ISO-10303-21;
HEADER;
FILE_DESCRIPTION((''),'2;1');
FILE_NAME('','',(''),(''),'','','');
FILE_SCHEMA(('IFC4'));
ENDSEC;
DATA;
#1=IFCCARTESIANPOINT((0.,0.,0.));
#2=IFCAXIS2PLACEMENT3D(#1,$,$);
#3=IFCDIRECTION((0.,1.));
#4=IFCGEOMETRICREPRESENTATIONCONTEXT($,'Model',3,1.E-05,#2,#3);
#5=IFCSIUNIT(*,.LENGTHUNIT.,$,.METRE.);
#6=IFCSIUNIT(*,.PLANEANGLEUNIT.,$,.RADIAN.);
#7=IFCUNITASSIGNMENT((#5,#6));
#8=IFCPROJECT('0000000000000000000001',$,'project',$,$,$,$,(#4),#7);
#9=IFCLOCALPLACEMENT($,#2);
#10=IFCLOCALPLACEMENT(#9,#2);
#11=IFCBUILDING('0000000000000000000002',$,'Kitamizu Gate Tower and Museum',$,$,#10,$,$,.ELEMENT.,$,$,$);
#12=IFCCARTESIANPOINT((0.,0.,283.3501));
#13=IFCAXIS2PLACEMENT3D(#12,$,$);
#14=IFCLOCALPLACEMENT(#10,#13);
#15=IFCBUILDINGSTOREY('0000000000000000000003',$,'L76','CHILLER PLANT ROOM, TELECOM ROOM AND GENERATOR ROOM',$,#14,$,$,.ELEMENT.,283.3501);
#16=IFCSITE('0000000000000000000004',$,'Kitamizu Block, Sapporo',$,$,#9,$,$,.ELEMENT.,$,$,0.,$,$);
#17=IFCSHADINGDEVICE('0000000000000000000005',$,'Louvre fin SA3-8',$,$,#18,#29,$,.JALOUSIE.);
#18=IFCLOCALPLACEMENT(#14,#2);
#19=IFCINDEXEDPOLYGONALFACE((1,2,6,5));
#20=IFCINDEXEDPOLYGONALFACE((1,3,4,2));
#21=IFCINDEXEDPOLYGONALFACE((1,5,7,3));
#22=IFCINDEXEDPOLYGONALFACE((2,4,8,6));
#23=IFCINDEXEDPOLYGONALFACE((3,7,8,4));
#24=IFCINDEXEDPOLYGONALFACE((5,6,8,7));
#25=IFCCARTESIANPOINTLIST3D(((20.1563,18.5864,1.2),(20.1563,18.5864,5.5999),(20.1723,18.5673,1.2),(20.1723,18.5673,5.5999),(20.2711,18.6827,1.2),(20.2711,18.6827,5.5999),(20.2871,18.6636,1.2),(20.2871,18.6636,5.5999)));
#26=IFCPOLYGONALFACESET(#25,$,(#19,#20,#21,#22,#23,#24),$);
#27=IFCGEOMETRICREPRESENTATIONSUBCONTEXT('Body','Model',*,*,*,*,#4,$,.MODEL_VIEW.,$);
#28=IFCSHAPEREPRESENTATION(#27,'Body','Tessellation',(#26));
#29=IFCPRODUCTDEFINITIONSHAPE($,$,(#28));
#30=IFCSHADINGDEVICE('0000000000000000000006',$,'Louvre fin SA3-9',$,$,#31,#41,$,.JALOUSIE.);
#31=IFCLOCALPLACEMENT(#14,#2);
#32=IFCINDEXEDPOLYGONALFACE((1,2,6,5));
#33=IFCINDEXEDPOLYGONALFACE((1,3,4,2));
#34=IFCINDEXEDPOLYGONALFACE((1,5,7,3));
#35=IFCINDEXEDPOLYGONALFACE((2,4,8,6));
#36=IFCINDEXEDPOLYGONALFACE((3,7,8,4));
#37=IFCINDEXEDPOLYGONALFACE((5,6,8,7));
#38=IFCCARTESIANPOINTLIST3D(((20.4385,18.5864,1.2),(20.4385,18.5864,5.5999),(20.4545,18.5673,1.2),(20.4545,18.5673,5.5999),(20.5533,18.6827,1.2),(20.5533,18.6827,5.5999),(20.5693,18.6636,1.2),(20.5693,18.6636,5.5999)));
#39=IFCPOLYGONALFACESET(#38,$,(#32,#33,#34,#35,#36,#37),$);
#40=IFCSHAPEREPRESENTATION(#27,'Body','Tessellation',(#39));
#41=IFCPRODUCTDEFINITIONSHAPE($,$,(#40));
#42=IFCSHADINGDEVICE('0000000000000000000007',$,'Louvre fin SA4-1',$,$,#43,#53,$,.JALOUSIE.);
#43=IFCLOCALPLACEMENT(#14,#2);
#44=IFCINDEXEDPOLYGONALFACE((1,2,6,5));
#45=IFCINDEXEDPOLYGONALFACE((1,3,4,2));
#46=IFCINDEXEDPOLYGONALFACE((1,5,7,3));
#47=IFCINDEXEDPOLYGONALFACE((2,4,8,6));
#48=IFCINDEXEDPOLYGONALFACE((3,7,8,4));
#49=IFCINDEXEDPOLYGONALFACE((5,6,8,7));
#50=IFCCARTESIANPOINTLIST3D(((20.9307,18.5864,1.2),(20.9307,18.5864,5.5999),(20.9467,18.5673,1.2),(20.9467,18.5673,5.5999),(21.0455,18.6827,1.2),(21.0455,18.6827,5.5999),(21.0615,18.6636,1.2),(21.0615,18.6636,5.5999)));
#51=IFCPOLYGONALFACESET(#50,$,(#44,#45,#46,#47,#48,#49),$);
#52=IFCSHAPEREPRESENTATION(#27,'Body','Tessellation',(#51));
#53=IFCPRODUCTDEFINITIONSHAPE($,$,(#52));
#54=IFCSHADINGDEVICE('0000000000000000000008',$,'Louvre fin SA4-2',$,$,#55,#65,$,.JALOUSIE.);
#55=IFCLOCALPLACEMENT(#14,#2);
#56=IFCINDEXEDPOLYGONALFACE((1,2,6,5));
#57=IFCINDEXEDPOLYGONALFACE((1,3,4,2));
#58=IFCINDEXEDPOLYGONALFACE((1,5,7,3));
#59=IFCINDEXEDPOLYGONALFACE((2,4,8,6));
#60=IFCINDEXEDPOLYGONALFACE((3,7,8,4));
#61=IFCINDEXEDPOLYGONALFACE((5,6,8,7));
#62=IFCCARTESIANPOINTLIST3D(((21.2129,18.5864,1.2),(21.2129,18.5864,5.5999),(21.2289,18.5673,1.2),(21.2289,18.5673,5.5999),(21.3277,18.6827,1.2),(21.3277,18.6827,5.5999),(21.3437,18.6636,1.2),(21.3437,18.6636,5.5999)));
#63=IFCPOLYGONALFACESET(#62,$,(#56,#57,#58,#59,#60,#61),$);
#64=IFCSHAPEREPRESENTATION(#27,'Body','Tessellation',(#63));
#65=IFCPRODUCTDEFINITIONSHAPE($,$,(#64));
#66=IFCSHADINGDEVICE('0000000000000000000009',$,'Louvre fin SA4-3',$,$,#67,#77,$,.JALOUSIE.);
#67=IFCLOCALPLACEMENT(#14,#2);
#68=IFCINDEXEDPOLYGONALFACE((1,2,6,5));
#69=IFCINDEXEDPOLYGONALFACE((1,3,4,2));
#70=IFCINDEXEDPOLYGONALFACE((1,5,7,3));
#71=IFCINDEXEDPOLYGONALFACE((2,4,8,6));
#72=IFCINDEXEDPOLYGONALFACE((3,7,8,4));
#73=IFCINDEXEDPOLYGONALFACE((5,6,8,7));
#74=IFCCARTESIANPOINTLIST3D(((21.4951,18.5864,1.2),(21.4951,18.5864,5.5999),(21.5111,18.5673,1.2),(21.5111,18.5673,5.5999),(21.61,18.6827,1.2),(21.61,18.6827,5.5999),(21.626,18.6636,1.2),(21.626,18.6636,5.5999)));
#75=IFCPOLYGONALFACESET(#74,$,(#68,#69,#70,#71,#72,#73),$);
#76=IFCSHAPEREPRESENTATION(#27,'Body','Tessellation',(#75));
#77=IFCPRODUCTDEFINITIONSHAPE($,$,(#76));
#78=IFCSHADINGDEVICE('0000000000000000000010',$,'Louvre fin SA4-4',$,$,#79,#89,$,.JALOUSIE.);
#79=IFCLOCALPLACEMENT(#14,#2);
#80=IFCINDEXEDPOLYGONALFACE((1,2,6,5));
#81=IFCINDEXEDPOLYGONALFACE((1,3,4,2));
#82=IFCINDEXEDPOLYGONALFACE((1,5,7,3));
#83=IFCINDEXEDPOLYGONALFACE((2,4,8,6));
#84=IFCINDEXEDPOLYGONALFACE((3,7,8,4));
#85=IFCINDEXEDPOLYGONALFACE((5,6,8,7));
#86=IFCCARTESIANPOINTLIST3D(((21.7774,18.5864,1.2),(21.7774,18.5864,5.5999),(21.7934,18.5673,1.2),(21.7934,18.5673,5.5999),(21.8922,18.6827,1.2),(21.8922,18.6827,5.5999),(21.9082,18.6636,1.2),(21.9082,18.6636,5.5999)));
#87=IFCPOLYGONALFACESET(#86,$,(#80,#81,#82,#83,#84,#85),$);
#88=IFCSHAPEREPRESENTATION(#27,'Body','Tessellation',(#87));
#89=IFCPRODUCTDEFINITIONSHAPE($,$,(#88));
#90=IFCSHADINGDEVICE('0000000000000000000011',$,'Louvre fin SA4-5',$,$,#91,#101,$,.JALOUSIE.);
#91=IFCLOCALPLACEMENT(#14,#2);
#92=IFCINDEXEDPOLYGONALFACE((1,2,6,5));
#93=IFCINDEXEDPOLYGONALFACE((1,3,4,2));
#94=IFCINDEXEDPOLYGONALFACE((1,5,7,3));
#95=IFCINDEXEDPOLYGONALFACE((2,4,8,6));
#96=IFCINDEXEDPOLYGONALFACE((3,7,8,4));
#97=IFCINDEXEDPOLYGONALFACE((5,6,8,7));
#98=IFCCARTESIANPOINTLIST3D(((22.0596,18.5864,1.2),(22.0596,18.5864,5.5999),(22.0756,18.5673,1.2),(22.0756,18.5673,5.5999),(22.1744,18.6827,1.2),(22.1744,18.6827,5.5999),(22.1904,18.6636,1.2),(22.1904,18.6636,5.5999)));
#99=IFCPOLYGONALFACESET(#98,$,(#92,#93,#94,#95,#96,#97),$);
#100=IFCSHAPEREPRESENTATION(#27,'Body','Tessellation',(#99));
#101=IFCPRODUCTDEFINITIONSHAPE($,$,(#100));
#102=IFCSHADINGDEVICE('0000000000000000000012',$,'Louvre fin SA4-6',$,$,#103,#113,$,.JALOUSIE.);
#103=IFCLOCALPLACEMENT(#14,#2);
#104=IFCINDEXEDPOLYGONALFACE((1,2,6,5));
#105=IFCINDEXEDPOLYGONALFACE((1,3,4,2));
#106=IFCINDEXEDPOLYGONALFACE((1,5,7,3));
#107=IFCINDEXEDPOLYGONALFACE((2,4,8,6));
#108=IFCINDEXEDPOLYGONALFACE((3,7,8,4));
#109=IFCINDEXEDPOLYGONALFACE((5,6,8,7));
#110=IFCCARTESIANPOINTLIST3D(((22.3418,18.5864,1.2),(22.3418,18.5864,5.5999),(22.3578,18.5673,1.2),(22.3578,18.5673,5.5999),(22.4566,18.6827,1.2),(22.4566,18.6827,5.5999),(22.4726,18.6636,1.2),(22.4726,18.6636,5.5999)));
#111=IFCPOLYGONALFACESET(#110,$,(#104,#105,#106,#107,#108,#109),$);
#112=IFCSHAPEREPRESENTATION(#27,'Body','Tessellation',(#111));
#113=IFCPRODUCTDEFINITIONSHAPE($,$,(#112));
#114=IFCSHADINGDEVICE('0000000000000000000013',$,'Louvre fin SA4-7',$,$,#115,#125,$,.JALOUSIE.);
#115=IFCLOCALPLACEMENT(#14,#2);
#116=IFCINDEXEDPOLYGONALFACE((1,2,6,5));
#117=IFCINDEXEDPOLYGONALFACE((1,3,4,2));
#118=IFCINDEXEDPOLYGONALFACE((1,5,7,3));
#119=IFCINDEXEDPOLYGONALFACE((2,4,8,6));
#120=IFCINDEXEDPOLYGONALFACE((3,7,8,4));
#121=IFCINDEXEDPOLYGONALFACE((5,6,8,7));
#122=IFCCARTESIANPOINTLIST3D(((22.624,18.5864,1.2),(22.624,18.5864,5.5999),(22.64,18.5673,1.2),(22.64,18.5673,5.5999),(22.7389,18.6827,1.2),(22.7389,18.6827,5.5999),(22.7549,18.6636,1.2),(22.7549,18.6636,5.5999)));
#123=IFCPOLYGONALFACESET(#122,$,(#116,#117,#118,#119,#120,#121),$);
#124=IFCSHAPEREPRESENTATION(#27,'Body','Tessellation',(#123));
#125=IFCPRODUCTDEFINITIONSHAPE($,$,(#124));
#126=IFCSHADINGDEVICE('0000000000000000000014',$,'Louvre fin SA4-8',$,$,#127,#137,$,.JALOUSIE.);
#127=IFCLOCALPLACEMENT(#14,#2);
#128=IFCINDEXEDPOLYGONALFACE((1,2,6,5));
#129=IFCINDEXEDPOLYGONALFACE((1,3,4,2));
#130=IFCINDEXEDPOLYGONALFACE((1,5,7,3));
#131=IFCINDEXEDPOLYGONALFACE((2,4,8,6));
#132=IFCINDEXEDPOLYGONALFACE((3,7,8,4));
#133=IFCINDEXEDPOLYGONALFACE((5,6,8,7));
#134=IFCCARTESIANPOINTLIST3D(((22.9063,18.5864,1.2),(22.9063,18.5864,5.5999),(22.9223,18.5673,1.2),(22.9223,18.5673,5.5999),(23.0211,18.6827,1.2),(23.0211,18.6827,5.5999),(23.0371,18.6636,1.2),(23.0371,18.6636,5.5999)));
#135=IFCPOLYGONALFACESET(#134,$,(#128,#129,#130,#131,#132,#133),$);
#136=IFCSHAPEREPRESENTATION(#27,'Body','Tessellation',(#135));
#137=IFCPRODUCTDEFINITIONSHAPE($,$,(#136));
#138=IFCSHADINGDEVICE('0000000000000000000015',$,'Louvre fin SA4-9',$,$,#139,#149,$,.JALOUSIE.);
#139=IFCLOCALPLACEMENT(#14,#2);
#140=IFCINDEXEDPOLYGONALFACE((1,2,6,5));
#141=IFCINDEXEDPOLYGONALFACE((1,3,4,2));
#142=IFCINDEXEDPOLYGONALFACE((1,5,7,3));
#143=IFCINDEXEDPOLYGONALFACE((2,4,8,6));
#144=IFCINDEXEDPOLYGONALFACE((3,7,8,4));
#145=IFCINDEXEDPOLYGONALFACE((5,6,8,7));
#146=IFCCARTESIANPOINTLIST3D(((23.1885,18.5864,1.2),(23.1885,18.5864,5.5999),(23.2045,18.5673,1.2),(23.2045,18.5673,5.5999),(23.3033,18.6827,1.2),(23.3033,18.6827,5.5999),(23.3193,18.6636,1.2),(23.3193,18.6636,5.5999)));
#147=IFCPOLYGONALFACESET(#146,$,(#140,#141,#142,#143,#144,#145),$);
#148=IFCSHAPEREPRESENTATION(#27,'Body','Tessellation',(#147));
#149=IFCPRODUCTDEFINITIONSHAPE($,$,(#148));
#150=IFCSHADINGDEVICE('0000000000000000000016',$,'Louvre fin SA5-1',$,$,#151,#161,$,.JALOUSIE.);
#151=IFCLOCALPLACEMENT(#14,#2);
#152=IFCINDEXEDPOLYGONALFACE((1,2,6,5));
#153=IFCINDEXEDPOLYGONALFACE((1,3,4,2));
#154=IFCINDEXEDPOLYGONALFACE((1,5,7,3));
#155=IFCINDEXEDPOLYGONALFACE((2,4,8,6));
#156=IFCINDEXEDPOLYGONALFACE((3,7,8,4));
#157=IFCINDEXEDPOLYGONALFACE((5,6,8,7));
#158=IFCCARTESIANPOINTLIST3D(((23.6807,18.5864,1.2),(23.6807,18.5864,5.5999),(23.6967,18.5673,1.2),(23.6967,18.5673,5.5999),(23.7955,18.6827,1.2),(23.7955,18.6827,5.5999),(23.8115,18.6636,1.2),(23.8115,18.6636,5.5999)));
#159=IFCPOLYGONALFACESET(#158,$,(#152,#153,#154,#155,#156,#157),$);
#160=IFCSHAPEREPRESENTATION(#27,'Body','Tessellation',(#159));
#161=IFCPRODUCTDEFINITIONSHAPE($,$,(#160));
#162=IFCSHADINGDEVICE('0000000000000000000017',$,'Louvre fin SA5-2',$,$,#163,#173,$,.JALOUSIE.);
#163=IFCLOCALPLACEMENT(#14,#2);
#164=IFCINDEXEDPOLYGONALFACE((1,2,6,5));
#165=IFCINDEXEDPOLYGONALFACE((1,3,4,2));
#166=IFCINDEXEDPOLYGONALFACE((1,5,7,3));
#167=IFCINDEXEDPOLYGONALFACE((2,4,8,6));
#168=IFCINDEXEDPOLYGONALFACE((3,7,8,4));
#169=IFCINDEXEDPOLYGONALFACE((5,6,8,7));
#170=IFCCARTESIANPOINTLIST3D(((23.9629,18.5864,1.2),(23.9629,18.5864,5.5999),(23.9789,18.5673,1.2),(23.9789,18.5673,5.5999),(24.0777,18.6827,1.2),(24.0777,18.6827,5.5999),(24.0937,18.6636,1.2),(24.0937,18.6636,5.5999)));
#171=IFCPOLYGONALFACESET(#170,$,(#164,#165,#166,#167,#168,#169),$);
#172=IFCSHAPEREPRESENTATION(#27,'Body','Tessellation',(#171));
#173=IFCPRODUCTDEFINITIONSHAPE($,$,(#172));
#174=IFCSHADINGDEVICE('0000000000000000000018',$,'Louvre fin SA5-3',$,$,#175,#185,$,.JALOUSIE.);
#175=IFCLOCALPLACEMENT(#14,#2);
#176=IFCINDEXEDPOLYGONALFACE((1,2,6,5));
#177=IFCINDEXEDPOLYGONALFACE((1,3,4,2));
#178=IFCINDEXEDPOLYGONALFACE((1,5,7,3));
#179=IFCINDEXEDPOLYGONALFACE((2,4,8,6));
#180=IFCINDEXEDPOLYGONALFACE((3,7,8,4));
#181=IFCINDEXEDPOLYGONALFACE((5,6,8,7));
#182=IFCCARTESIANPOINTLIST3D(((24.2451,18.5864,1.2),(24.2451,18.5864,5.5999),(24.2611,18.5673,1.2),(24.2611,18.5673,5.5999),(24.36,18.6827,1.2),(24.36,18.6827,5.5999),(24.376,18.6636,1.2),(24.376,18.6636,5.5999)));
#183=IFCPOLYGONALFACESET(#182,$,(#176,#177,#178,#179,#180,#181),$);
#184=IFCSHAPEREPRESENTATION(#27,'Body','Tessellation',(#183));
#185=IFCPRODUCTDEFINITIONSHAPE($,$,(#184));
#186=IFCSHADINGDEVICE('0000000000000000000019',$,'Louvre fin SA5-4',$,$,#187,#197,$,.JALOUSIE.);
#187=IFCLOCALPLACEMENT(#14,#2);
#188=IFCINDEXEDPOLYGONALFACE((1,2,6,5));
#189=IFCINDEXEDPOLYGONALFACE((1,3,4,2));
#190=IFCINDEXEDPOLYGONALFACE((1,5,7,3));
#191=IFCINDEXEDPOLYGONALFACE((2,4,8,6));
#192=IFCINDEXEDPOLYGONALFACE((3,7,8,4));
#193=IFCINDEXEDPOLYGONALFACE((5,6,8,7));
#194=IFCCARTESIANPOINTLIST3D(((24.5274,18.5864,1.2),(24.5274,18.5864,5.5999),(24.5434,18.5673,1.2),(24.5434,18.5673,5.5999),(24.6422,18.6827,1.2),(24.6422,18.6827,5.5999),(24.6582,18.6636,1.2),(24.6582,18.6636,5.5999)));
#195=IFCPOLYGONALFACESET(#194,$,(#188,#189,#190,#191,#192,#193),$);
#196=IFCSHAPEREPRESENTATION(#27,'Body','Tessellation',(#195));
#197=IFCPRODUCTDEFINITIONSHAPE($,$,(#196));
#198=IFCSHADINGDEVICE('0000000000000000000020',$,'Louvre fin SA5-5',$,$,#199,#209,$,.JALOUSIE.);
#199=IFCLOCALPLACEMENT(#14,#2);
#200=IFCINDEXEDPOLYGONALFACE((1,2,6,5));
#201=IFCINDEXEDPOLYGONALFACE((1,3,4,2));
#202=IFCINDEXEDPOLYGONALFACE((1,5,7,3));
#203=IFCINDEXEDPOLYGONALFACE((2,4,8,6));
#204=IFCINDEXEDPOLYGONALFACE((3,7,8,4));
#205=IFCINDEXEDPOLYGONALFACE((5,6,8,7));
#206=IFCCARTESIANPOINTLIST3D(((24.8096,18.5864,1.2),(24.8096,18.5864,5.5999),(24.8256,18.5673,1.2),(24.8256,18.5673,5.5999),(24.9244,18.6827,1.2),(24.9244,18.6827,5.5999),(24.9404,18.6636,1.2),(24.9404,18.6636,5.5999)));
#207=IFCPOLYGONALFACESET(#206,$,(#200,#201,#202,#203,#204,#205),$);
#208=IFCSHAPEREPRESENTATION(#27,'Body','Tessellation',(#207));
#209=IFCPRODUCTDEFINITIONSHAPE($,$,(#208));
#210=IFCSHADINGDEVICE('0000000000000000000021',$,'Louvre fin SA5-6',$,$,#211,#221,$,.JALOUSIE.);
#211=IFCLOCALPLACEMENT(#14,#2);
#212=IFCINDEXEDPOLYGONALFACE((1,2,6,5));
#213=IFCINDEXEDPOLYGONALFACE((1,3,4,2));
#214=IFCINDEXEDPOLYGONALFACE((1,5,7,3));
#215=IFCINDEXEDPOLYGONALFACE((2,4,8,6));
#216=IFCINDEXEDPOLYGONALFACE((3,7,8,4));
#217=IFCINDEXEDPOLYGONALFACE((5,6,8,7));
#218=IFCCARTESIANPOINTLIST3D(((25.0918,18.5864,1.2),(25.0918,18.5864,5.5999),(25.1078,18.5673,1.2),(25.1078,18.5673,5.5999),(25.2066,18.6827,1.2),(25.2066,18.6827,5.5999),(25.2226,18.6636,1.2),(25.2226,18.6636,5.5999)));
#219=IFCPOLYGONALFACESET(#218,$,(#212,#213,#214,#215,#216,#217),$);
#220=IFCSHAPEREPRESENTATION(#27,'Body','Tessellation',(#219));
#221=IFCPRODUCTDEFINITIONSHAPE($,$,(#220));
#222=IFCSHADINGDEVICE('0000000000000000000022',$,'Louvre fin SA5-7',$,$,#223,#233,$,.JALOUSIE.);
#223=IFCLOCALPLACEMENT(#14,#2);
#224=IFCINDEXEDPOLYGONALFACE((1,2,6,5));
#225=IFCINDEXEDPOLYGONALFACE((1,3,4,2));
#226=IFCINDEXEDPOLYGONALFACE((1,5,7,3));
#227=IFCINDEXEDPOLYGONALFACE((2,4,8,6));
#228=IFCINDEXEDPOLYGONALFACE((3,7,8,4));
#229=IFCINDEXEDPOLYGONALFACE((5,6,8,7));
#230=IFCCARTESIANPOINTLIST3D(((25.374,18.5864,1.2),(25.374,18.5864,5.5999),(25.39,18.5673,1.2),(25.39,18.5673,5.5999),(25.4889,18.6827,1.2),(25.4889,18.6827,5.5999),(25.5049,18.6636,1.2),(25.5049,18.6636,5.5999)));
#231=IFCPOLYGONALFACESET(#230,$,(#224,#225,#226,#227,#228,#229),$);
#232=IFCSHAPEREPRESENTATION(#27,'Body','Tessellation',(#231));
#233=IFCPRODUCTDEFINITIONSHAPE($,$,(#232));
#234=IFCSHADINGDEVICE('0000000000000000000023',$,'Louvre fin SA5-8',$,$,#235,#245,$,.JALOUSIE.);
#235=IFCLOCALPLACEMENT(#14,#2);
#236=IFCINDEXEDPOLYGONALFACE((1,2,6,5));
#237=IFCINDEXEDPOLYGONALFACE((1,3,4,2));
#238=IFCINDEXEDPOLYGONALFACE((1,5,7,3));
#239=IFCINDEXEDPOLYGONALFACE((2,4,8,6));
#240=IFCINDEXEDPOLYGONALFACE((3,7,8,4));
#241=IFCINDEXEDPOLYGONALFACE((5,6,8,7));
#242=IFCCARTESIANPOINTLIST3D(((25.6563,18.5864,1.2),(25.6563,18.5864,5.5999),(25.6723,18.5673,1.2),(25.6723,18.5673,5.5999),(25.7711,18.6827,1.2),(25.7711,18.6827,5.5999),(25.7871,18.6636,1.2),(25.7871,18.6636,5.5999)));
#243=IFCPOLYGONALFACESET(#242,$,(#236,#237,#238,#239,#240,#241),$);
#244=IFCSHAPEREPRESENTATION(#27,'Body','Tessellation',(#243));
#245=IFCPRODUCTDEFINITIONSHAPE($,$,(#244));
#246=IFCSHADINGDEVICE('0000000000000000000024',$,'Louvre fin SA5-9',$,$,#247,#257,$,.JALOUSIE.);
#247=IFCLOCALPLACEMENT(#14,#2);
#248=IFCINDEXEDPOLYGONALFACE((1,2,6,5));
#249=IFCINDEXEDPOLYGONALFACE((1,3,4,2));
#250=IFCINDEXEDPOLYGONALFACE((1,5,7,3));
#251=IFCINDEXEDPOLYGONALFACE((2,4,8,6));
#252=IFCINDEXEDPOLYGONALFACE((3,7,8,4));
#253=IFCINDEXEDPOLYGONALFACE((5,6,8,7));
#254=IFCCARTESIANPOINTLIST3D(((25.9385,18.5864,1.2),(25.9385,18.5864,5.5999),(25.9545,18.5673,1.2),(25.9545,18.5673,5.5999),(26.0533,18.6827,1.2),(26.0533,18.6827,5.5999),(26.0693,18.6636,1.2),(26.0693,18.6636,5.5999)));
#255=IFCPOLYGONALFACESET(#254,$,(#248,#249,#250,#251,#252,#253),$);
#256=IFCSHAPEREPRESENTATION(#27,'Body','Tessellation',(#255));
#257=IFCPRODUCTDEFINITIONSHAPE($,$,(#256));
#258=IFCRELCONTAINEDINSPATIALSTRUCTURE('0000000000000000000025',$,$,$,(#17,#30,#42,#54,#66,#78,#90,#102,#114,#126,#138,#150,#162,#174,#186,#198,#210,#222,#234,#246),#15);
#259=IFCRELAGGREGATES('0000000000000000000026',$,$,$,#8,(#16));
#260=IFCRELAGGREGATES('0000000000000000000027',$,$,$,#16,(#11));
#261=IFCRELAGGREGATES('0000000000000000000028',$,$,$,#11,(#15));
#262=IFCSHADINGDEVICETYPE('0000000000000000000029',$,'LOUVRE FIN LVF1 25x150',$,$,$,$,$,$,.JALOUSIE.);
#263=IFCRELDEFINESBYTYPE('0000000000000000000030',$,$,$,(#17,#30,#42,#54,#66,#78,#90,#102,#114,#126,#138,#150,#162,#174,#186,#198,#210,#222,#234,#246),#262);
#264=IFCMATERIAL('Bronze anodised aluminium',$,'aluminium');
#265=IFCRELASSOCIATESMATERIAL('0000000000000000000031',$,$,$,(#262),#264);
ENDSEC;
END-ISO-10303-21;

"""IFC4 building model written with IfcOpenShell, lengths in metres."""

from ifc_helpers import new_model, si_unit, direction, frame, origin, origin_2d, place, context, subcontext, project, spatial, rectangle, extrude, material, material_profile, profile_set, type_object, element, save


model = new_model("IFC4")

# Units and contexts
model_context = context("Model", 3, precision=1e-05, world=origin(), true_north=direction((0.0, 1.0)))
body_context = subcontext(model_context, "Body", "Model", "MODEL_VIEW")
ifc_project = project(units=[si_unit("LENGTHUNIT", "METRE"), si_unit("PLANEANGLEUNIT", "RADIAN")], contexts=[model_context])

# Site, building, storey
site_placement = place(None, origin())
site = spatial("IfcSite", under=ifc_project, at=site_placement, Name="Kitamizu Block, Sapporo", CompositionType="ELEMENT", RefElevation=0.0)
building_placement = place(site_placement, origin())
building = spatial("IfcBuilding", under=site, at=building_placement, Name="Kitamizu Gate Tower and Museum", CompositionType="ELEMENT")
storey_placement = place(building_placement, frame((0.0, 0.0, 283.3501)))
storey = spatial("IfcBuildingStorey", under=building, at=storey_placement, Name="L76", Description="CHILLER PLANT ROOM, TELECOM ROOM AND GENERATOR ROOM", CompositionType="ELEMENT", Elevation=283.3501)

# Shading devices
ifc_material_1 = material(Name="Bronze anodised aluminium", Category="aluminium")
ifc_material_profile_1 = material_profile(ifc_material_1, rectangle(XDim=0.1499, YDim=0.0249, at=origin_2d()), Name="AL 25x150")
ifc_profile_set_1 = profile_set([ifc_material_profile_1], Name="Bronze anodised aluminium")
shading_device_type = type_object("IfcShadingDeviceType", Name="LOUVRE FIN LVF1 25x150", PredefinedType="JALOUSIE", material=ifc_profile_set_1)
for number, where, z_axis, x_axis, name in (
    (1, (20.2217, 18.625, 1.2), (0.0, 0.0, 1.0), (0.766044, 0.642788, 0.0), "Louvre fin SA3-8"),
    (2, (20.5039, 18.625, 1.2), (0.0, 0.0, 1.0), (0.766044, 0.642788, 0.0), "Louvre fin SA3-9"),
    (3, (20.9961, 18.625, 1.2), (0.0, 0.0, 1.0), (0.766044, 0.642788, 0.0), "Louvre fin SA4-1"),
    (4, (21.2783, 18.625, 1.2), (0.0, 0.0, 1.0), (0.766044, 0.642788, 0.0), "Louvre fin SA4-2"),
    (5, (21.5605, 18.625, 1.2), (0.0, 0.0, 1.0), (0.766044, 0.642788, 0.0), "Louvre fin SA4-3"),
    (6, (21.8428, 18.625, 1.2), (0.0, 0.0, 1.0), (0.766044, 0.642788, 0.0), "Louvre fin SA4-4"),
    (7, (22.125, 18.625, 1.2), (0.0, 0.0, 1.0), (0.766044, 0.642788, 0.0), "Louvre fin SA4-5"),
    (8, (22.4072, 18.625, 1.2), (0.0, 0.0, 1.0), (0.766044, 0.642788, 0.0), "Louvre fin SA4-6"),
    (9, (22.6895, 18.625, 1.2), (0.0, 0.0, 1.0), (0.766044, 0.642788, 0.0), "Louvre fin SA4-7"),
    (10, (22.9717, 18.625, 1.2), (0.0, 0.0, 1.0), (0.766044, 0.642788, 0.0), "Louvre fin SA4-8"),
    (11, (23.2539, 18.625, 1.2), (0.0, 0.0, 1.0), (0.766044, 0.642788, 0.0), "Louvre fin SA4-9"),
    (12, (23.7461, 18.625, 1.2), (0.0, 0.0, 1.0), (0.766044, 0.642788, 0.0), "Louvre fin SA5-1"),
    (13, (24.0283, 18.625, 1.2), (0.0, 0.0, 1.0), (0.766044, 0.642788, 0.0), "Louvre fin SA5-2"),
    (14, (24.3105, 18.625, 1.2), (0.0, 0.0, 1.0), (0.766044, 0.642788, 0.0), "Louvre fin SA5-3"),
    (15, (24.5928, 18.625, 1.2), (0.0, 0.0, 1.0), (0.766044, 0.642788, 0.0), "Louvre fin SA5-4"),
    (16, (24.875, 18.625, 1.2), (0.0, 0.0, 1.0), (0.766044, 0.642788, 0.0), "Louvre fin SA5-5"),
    (17, (25.1572, 18.625, 1.2), (0.0, 0.0, 1.0), (0.766044, 0.642788, 0.0), "Louvre fin SA5-6"),
    (18, (25.4395, 18.625, 1.2), (0.0, 0.0, 1.0), (0.766044, 0.642788, 0.0), "Louvre fin SA5-7"),
    (19, (25.7217, 18.625, 1.2), (0.0, 0.0, 1.0), (0.766044, 0.642788, 0.0), "Louvre fin SA5-8"),
    (20, (26.0039, 18.625, 1.2), (0.0, 0.0, 1.0), (0.766044, 0.642788, 0.0), "Louvre fin SA5-9"),
):
    element("IfcShadingDevice", number, at=place(storey_placement, frame(where, z_axis=z_axis, x_axis=x_axis)), inside=storey, type_object=shading_device_type, Name=name, PredefinedType="JALOUSIE", context=body_context, shape_type="SweptSolid", body=[
        extrude(rectangle(XDim=0.1499, YDim=0.0249, at=origin_2d()), origin(), (0.0, 0.0, 1.0), 4.3999),
    ])

save(model, "model.ifc")
